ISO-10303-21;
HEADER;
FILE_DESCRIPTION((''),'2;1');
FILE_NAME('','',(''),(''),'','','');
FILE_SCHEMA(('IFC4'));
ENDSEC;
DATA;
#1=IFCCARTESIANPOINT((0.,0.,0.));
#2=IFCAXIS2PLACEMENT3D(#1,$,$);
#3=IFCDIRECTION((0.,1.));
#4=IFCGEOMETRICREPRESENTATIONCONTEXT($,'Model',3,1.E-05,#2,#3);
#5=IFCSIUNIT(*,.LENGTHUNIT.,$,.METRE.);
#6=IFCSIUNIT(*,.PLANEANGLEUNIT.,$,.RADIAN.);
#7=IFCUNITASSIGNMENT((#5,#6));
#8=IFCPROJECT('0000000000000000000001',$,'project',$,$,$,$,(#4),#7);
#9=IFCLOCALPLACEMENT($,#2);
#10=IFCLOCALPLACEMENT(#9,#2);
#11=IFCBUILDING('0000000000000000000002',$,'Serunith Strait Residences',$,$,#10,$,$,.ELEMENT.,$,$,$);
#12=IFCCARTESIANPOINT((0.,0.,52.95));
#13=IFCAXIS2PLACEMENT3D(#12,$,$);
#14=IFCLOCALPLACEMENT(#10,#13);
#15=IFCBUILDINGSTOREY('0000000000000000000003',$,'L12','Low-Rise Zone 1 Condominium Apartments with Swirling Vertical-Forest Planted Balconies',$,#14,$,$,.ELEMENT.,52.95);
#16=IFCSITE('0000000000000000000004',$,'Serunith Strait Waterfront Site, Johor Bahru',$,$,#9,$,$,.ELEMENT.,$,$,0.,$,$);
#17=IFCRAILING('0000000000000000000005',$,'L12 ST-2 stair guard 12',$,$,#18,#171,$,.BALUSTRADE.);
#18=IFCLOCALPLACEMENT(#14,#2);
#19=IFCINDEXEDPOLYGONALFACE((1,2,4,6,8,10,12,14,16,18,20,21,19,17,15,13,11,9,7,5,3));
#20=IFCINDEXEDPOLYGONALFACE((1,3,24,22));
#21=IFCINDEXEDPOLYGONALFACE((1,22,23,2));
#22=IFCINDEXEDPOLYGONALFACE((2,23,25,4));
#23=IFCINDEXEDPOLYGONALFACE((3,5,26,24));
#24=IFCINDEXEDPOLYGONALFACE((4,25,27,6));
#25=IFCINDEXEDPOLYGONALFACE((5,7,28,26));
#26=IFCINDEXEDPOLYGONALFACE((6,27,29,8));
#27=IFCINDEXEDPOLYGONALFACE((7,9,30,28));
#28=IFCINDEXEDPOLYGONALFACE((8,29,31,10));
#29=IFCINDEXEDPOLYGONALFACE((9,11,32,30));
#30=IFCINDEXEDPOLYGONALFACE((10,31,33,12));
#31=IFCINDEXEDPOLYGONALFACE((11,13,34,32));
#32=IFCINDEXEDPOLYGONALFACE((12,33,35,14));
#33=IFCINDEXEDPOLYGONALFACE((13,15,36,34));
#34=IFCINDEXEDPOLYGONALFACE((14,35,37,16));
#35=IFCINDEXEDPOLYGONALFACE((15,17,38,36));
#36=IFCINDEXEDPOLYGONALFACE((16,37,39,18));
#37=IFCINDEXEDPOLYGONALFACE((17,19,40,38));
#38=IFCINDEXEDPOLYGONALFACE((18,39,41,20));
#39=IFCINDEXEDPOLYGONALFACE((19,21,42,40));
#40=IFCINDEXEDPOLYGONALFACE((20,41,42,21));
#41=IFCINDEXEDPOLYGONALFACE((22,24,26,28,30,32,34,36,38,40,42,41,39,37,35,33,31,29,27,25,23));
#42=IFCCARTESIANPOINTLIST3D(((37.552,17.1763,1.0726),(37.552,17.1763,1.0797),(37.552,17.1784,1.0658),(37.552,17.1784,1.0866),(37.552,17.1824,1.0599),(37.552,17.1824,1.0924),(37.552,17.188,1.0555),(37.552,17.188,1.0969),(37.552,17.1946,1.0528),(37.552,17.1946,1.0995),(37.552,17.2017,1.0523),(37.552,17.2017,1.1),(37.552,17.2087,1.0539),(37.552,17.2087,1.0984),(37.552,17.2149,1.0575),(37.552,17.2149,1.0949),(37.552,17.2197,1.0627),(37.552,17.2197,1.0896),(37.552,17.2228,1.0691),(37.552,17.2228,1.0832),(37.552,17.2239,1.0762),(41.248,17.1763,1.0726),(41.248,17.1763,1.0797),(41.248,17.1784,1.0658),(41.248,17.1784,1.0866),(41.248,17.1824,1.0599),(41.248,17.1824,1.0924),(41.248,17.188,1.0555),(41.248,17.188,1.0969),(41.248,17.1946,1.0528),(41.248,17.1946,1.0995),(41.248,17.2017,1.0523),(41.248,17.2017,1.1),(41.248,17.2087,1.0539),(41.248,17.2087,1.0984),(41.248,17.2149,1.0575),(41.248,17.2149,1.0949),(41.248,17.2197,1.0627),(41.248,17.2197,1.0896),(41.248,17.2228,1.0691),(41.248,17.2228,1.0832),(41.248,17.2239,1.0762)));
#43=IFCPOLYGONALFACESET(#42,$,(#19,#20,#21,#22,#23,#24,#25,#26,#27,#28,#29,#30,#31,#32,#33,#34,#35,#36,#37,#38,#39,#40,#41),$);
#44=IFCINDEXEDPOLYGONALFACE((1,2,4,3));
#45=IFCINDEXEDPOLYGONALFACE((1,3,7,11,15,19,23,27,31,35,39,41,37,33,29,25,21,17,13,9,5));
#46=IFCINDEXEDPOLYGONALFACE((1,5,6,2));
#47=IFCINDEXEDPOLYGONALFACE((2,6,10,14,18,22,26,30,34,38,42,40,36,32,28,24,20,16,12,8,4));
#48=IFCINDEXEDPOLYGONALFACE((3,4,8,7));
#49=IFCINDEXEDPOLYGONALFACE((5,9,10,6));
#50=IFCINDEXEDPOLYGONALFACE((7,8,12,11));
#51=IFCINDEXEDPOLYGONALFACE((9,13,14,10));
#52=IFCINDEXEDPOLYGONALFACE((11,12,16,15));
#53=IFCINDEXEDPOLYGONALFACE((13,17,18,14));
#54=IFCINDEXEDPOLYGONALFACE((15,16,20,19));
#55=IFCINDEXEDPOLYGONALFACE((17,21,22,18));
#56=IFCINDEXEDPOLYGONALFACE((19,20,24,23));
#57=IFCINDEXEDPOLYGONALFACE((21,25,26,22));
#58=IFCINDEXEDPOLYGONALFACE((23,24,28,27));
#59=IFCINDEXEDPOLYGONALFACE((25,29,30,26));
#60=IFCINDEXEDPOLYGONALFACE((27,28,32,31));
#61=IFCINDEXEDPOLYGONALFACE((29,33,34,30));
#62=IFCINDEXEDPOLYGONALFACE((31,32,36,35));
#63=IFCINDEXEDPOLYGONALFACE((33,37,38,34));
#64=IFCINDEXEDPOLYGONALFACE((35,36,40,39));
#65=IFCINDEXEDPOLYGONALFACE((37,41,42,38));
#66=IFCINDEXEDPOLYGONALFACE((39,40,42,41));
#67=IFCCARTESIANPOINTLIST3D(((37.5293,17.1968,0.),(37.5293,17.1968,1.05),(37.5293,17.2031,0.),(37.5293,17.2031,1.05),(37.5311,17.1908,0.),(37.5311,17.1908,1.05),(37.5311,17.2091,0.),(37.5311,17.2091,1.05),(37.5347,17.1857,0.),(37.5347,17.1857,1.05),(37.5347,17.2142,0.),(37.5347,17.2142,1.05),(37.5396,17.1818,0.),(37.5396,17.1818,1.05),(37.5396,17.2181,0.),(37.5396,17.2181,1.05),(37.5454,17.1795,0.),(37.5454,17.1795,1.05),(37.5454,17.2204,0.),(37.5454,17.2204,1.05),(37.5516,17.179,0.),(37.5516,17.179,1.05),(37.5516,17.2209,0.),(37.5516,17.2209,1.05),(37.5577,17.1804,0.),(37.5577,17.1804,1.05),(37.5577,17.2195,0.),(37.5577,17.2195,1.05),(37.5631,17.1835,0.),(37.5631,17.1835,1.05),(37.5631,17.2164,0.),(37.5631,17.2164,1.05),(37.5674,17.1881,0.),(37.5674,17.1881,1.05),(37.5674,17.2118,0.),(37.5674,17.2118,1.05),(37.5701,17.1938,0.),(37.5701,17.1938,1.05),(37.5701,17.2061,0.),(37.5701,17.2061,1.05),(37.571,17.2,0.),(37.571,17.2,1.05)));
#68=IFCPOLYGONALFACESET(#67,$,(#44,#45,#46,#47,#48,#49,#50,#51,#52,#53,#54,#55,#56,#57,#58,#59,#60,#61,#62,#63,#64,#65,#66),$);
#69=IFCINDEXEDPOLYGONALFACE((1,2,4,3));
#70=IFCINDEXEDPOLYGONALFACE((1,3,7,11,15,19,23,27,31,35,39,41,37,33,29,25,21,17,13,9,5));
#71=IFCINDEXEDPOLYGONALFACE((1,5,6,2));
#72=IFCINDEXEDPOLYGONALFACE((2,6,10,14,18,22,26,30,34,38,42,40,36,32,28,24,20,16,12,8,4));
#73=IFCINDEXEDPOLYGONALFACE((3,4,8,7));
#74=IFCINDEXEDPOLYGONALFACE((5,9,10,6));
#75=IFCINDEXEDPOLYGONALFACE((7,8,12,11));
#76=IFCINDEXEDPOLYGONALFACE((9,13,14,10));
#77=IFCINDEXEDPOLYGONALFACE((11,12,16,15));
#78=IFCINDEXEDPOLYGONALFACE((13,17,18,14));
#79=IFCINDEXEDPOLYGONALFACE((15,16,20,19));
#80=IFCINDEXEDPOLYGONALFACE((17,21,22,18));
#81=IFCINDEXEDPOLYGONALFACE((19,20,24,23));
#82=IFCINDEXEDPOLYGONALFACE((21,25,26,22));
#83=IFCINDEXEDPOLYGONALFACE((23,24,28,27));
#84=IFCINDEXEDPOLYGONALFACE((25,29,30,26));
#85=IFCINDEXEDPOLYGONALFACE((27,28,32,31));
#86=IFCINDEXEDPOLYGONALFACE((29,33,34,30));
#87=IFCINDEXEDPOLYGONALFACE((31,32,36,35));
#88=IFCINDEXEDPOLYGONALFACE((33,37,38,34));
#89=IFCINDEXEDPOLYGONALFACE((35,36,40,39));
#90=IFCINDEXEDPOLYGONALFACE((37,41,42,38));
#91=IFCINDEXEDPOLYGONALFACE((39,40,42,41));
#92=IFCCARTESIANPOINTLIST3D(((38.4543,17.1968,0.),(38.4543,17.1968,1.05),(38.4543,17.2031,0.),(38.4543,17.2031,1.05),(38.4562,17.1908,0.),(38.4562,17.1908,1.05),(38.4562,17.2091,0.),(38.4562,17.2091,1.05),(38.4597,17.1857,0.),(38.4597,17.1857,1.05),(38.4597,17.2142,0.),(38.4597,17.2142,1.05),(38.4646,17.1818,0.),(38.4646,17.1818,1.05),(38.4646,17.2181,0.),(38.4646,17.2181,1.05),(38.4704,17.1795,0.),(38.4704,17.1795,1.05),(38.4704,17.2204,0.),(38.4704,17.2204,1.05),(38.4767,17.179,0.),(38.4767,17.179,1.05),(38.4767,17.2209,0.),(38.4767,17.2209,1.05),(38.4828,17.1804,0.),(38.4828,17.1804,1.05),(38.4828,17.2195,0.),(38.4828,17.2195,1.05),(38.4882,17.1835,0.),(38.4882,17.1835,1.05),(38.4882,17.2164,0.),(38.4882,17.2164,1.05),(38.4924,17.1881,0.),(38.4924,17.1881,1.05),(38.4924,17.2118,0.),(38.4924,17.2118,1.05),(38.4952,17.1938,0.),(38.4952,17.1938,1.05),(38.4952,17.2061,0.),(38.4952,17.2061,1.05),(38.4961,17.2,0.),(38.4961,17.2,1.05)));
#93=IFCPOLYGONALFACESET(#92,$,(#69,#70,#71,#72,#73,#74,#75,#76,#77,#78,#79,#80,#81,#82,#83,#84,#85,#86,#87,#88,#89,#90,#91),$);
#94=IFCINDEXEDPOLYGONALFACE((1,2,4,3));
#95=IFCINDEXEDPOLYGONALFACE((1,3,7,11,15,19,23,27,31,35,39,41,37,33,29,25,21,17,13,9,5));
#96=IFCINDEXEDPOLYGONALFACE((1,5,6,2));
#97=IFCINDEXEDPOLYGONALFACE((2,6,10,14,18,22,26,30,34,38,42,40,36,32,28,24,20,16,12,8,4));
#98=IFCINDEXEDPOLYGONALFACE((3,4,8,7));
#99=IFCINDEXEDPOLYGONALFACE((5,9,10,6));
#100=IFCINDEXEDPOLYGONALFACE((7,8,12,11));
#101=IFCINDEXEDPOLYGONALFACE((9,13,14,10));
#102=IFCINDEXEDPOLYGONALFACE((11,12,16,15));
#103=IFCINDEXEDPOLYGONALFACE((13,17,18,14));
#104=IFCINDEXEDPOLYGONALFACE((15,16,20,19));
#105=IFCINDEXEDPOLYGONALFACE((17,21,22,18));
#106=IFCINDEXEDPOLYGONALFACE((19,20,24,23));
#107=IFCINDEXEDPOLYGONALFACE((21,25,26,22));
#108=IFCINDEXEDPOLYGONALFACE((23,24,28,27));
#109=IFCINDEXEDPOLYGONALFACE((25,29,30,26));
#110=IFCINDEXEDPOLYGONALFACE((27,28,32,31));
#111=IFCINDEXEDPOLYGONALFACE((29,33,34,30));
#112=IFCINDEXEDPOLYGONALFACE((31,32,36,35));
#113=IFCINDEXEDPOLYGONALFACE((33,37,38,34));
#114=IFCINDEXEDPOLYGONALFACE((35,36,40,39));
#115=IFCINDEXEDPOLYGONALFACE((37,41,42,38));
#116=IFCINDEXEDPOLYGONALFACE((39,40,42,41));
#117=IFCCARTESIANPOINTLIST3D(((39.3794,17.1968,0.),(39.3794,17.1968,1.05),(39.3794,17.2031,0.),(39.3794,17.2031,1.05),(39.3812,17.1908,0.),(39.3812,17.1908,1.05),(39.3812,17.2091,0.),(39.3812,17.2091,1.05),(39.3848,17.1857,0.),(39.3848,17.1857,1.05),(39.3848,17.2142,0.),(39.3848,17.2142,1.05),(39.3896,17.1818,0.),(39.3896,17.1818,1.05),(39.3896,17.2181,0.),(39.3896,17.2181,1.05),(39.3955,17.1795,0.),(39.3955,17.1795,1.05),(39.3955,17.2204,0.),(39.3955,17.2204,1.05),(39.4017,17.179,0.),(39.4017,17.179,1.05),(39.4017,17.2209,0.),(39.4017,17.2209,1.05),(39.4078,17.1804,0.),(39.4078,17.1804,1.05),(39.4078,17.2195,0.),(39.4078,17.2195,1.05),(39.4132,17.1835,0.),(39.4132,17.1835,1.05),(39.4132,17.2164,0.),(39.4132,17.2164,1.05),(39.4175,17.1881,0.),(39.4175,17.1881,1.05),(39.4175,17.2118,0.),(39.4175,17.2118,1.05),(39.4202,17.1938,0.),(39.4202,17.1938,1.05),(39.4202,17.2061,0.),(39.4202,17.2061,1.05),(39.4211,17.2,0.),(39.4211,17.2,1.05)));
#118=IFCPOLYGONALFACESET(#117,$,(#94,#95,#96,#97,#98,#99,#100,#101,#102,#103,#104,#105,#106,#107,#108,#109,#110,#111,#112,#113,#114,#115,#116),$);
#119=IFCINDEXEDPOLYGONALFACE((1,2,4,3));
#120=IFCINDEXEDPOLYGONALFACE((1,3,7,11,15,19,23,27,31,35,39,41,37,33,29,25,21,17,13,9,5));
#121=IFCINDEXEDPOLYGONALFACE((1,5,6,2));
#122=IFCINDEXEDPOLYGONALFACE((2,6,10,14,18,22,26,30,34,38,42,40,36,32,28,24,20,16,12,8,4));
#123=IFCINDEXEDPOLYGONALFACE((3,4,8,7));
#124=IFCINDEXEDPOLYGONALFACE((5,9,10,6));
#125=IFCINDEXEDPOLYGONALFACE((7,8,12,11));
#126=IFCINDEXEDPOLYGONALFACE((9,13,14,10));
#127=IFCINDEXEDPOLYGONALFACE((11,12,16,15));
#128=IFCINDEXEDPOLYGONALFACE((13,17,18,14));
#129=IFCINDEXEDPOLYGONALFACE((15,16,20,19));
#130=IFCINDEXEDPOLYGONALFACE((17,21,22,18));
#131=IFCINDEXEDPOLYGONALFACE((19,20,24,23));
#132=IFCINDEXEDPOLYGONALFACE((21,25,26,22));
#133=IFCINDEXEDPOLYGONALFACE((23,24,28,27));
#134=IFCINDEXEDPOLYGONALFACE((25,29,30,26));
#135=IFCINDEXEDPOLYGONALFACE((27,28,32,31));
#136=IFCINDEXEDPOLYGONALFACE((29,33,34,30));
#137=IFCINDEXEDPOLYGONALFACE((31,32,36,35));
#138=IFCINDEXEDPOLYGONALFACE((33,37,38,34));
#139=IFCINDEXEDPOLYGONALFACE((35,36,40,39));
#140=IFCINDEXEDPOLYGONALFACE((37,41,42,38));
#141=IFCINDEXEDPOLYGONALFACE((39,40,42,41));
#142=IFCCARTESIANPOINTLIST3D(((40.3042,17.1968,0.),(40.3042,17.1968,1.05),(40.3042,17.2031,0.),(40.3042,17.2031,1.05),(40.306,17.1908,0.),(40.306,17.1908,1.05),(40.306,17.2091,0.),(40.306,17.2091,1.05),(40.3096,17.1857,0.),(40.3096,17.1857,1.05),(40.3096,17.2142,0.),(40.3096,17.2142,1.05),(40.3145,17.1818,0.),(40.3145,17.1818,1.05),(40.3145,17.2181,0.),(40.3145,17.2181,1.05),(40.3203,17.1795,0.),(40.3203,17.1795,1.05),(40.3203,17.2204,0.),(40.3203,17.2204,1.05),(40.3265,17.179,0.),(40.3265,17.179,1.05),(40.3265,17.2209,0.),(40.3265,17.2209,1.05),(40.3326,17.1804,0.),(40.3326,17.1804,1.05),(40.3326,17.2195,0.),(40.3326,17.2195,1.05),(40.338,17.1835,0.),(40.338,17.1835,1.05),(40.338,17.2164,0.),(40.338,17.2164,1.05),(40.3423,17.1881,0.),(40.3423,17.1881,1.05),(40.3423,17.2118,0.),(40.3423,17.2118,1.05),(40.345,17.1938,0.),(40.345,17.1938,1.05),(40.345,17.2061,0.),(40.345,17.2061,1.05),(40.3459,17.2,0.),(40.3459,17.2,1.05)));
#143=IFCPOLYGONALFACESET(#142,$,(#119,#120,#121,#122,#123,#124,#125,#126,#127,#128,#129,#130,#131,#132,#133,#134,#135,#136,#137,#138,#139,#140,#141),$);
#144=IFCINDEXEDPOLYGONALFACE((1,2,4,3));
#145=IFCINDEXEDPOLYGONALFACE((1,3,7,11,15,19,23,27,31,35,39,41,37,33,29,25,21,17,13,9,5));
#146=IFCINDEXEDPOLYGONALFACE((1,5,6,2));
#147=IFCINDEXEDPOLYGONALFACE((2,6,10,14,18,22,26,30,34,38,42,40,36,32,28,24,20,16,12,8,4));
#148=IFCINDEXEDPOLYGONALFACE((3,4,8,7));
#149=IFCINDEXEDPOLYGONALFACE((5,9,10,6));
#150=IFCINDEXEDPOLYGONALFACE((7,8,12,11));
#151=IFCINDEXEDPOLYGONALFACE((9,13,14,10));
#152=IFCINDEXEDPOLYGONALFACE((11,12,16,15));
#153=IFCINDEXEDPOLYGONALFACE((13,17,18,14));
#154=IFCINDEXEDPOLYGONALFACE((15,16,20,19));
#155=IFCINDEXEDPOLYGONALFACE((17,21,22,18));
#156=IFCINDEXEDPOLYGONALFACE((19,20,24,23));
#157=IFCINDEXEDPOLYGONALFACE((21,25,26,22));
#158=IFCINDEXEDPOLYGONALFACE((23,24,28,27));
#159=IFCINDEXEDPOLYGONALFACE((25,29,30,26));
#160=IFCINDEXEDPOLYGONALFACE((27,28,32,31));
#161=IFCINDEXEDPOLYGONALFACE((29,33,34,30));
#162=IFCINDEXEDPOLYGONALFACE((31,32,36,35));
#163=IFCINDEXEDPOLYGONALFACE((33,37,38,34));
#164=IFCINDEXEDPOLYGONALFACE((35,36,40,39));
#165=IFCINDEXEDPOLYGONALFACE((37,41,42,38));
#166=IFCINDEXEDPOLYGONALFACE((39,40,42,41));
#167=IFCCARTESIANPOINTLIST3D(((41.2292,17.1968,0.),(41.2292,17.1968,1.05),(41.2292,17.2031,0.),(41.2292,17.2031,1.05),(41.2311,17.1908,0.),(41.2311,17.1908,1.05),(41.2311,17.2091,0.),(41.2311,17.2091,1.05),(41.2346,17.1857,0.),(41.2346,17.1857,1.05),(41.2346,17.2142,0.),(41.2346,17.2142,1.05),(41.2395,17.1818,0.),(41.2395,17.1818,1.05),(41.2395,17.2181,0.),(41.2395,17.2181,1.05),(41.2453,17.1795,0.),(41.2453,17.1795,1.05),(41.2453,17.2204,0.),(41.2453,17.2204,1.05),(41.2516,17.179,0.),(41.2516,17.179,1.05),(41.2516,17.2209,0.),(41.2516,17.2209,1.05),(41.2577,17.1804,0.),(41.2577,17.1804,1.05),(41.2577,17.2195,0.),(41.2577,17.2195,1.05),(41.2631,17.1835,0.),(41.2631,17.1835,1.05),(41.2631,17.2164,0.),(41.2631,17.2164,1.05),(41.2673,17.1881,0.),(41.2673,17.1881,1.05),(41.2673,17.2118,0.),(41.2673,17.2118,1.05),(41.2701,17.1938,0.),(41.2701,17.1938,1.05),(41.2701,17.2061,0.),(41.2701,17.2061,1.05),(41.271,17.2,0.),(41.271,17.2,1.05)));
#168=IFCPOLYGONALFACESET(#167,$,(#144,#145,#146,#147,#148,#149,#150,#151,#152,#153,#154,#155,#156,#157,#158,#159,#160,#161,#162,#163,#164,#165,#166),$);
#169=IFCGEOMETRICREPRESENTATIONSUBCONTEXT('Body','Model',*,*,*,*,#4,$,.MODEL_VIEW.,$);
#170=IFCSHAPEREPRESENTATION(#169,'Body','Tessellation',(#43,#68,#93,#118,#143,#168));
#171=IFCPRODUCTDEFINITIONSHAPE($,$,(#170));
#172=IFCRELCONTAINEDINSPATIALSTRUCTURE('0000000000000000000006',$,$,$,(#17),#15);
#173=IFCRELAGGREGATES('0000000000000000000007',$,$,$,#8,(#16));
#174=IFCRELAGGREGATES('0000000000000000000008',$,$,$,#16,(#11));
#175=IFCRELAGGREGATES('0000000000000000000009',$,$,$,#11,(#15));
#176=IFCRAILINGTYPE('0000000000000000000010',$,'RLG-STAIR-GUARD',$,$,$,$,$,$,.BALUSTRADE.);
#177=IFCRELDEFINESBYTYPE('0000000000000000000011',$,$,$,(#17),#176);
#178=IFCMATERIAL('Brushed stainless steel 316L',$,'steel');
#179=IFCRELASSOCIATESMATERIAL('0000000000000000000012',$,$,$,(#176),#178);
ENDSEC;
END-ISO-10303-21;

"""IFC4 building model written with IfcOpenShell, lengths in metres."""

from ifc_helpers import new_model, si_unit, direction, frame, origin, origin_2d, place, context, subcontext, project, spatial, circle, extrude, material, type_object, element, save


model = new_model("IFC4")

# Units and contexts
model_context = context("Model", 3, precision=1e-05, world=origin(), true_north=direction((0.0, 1.0)))
body_context = subcontext(model_context, "Body", "Model", "MODEL_VIEW")
ifc_project = project(units=[si_unit("LENGTHUNIT", "METRE"), si_unit("PLANEANGLEUNIT", "RADIAN")], contexts=[model_context])

# Site, building, storey
site_placement = place(None, origin())
site = spatial("IfcSite", under=ifc_project, at=site_placement, Name="Serunith Strait Waterfront Site, Johor Bahru", CompositionType="ELEMENT", RefElevation=0.0)
building_placement = place(site_placement, origin())
building = spatial("IfcBuilding", under=site, at=building_placement, Name="Serunith Strait Residences", CompositionType="ELEMENT")
storey_placement = place(building_placement, frame((0.0, 0.0, 52.95)))
storey = spatial("IfcBuildingStorey", under=building, at=storey_placement, Name="L12", Description="Low-Rise Zone 1 Condominium Apartments with Swirling Vertical-Forest Planted Balconies", CompositionType="ELEMENT", Elevation=52.95)

# Railing
ifc_material_1 = material(Name="Brushed stainless steel 316L", Category="steel")
railing_type_1 = type_object("IfcRailingType", Name="RLG-STAIR-GUARD", PredefinedType="BALUSTRADE", material=ifc_material_1)
railing_1_placement = place(storey_placement, frame((37.55, 17.2, 0.0)))
element("IfcRailing", 1, at=railing_1_placement, inside=storey, type_object=railing_type_1, Name="L12 ST-2 stair guard 12", PredefinedType="BALUSTRADE", context=body_context, shape_type="SweptSolid", body=[
    extrude(circle(Radius=0.0239, at=origin_2d()), frame((0.002, 0.0, 1.0762), z_axis=(1.0, 0.0, 0.0), x_axis=(0.0, 1.0, 0.0)), (0.0, 0.0, 1.0), 3.696),
    extrude(circle(Radius=0.021, at=origin_2d()), origin(), (0.0, 0.0, 1.0), 1.05),
    extrude(circle(Radius=0.021, at=origin_2d()), frame((0.925, 0.0, 0.0)), (0.0, 0.0, 1.0), 1.05),
    extrude(circle(Radius=0.021, at=origin_2d()), frame((1.8501, 0.0, 0.0)), (0.0, 0.0, 1.0), 1.05),
    extrude(circle(Radius=0.021, at=origin_2d()), frame((2.7749, 0.0, 0.0)), (0.0, 0.0, 1.0), 1.05),
    extrude(circle(Radius=0.021, at=origin_2d()), frame((3.7, 0.0, 0.0)), (0.0, 0.0, 1.0), 1.05),
])

save(model, "model.ifc")
